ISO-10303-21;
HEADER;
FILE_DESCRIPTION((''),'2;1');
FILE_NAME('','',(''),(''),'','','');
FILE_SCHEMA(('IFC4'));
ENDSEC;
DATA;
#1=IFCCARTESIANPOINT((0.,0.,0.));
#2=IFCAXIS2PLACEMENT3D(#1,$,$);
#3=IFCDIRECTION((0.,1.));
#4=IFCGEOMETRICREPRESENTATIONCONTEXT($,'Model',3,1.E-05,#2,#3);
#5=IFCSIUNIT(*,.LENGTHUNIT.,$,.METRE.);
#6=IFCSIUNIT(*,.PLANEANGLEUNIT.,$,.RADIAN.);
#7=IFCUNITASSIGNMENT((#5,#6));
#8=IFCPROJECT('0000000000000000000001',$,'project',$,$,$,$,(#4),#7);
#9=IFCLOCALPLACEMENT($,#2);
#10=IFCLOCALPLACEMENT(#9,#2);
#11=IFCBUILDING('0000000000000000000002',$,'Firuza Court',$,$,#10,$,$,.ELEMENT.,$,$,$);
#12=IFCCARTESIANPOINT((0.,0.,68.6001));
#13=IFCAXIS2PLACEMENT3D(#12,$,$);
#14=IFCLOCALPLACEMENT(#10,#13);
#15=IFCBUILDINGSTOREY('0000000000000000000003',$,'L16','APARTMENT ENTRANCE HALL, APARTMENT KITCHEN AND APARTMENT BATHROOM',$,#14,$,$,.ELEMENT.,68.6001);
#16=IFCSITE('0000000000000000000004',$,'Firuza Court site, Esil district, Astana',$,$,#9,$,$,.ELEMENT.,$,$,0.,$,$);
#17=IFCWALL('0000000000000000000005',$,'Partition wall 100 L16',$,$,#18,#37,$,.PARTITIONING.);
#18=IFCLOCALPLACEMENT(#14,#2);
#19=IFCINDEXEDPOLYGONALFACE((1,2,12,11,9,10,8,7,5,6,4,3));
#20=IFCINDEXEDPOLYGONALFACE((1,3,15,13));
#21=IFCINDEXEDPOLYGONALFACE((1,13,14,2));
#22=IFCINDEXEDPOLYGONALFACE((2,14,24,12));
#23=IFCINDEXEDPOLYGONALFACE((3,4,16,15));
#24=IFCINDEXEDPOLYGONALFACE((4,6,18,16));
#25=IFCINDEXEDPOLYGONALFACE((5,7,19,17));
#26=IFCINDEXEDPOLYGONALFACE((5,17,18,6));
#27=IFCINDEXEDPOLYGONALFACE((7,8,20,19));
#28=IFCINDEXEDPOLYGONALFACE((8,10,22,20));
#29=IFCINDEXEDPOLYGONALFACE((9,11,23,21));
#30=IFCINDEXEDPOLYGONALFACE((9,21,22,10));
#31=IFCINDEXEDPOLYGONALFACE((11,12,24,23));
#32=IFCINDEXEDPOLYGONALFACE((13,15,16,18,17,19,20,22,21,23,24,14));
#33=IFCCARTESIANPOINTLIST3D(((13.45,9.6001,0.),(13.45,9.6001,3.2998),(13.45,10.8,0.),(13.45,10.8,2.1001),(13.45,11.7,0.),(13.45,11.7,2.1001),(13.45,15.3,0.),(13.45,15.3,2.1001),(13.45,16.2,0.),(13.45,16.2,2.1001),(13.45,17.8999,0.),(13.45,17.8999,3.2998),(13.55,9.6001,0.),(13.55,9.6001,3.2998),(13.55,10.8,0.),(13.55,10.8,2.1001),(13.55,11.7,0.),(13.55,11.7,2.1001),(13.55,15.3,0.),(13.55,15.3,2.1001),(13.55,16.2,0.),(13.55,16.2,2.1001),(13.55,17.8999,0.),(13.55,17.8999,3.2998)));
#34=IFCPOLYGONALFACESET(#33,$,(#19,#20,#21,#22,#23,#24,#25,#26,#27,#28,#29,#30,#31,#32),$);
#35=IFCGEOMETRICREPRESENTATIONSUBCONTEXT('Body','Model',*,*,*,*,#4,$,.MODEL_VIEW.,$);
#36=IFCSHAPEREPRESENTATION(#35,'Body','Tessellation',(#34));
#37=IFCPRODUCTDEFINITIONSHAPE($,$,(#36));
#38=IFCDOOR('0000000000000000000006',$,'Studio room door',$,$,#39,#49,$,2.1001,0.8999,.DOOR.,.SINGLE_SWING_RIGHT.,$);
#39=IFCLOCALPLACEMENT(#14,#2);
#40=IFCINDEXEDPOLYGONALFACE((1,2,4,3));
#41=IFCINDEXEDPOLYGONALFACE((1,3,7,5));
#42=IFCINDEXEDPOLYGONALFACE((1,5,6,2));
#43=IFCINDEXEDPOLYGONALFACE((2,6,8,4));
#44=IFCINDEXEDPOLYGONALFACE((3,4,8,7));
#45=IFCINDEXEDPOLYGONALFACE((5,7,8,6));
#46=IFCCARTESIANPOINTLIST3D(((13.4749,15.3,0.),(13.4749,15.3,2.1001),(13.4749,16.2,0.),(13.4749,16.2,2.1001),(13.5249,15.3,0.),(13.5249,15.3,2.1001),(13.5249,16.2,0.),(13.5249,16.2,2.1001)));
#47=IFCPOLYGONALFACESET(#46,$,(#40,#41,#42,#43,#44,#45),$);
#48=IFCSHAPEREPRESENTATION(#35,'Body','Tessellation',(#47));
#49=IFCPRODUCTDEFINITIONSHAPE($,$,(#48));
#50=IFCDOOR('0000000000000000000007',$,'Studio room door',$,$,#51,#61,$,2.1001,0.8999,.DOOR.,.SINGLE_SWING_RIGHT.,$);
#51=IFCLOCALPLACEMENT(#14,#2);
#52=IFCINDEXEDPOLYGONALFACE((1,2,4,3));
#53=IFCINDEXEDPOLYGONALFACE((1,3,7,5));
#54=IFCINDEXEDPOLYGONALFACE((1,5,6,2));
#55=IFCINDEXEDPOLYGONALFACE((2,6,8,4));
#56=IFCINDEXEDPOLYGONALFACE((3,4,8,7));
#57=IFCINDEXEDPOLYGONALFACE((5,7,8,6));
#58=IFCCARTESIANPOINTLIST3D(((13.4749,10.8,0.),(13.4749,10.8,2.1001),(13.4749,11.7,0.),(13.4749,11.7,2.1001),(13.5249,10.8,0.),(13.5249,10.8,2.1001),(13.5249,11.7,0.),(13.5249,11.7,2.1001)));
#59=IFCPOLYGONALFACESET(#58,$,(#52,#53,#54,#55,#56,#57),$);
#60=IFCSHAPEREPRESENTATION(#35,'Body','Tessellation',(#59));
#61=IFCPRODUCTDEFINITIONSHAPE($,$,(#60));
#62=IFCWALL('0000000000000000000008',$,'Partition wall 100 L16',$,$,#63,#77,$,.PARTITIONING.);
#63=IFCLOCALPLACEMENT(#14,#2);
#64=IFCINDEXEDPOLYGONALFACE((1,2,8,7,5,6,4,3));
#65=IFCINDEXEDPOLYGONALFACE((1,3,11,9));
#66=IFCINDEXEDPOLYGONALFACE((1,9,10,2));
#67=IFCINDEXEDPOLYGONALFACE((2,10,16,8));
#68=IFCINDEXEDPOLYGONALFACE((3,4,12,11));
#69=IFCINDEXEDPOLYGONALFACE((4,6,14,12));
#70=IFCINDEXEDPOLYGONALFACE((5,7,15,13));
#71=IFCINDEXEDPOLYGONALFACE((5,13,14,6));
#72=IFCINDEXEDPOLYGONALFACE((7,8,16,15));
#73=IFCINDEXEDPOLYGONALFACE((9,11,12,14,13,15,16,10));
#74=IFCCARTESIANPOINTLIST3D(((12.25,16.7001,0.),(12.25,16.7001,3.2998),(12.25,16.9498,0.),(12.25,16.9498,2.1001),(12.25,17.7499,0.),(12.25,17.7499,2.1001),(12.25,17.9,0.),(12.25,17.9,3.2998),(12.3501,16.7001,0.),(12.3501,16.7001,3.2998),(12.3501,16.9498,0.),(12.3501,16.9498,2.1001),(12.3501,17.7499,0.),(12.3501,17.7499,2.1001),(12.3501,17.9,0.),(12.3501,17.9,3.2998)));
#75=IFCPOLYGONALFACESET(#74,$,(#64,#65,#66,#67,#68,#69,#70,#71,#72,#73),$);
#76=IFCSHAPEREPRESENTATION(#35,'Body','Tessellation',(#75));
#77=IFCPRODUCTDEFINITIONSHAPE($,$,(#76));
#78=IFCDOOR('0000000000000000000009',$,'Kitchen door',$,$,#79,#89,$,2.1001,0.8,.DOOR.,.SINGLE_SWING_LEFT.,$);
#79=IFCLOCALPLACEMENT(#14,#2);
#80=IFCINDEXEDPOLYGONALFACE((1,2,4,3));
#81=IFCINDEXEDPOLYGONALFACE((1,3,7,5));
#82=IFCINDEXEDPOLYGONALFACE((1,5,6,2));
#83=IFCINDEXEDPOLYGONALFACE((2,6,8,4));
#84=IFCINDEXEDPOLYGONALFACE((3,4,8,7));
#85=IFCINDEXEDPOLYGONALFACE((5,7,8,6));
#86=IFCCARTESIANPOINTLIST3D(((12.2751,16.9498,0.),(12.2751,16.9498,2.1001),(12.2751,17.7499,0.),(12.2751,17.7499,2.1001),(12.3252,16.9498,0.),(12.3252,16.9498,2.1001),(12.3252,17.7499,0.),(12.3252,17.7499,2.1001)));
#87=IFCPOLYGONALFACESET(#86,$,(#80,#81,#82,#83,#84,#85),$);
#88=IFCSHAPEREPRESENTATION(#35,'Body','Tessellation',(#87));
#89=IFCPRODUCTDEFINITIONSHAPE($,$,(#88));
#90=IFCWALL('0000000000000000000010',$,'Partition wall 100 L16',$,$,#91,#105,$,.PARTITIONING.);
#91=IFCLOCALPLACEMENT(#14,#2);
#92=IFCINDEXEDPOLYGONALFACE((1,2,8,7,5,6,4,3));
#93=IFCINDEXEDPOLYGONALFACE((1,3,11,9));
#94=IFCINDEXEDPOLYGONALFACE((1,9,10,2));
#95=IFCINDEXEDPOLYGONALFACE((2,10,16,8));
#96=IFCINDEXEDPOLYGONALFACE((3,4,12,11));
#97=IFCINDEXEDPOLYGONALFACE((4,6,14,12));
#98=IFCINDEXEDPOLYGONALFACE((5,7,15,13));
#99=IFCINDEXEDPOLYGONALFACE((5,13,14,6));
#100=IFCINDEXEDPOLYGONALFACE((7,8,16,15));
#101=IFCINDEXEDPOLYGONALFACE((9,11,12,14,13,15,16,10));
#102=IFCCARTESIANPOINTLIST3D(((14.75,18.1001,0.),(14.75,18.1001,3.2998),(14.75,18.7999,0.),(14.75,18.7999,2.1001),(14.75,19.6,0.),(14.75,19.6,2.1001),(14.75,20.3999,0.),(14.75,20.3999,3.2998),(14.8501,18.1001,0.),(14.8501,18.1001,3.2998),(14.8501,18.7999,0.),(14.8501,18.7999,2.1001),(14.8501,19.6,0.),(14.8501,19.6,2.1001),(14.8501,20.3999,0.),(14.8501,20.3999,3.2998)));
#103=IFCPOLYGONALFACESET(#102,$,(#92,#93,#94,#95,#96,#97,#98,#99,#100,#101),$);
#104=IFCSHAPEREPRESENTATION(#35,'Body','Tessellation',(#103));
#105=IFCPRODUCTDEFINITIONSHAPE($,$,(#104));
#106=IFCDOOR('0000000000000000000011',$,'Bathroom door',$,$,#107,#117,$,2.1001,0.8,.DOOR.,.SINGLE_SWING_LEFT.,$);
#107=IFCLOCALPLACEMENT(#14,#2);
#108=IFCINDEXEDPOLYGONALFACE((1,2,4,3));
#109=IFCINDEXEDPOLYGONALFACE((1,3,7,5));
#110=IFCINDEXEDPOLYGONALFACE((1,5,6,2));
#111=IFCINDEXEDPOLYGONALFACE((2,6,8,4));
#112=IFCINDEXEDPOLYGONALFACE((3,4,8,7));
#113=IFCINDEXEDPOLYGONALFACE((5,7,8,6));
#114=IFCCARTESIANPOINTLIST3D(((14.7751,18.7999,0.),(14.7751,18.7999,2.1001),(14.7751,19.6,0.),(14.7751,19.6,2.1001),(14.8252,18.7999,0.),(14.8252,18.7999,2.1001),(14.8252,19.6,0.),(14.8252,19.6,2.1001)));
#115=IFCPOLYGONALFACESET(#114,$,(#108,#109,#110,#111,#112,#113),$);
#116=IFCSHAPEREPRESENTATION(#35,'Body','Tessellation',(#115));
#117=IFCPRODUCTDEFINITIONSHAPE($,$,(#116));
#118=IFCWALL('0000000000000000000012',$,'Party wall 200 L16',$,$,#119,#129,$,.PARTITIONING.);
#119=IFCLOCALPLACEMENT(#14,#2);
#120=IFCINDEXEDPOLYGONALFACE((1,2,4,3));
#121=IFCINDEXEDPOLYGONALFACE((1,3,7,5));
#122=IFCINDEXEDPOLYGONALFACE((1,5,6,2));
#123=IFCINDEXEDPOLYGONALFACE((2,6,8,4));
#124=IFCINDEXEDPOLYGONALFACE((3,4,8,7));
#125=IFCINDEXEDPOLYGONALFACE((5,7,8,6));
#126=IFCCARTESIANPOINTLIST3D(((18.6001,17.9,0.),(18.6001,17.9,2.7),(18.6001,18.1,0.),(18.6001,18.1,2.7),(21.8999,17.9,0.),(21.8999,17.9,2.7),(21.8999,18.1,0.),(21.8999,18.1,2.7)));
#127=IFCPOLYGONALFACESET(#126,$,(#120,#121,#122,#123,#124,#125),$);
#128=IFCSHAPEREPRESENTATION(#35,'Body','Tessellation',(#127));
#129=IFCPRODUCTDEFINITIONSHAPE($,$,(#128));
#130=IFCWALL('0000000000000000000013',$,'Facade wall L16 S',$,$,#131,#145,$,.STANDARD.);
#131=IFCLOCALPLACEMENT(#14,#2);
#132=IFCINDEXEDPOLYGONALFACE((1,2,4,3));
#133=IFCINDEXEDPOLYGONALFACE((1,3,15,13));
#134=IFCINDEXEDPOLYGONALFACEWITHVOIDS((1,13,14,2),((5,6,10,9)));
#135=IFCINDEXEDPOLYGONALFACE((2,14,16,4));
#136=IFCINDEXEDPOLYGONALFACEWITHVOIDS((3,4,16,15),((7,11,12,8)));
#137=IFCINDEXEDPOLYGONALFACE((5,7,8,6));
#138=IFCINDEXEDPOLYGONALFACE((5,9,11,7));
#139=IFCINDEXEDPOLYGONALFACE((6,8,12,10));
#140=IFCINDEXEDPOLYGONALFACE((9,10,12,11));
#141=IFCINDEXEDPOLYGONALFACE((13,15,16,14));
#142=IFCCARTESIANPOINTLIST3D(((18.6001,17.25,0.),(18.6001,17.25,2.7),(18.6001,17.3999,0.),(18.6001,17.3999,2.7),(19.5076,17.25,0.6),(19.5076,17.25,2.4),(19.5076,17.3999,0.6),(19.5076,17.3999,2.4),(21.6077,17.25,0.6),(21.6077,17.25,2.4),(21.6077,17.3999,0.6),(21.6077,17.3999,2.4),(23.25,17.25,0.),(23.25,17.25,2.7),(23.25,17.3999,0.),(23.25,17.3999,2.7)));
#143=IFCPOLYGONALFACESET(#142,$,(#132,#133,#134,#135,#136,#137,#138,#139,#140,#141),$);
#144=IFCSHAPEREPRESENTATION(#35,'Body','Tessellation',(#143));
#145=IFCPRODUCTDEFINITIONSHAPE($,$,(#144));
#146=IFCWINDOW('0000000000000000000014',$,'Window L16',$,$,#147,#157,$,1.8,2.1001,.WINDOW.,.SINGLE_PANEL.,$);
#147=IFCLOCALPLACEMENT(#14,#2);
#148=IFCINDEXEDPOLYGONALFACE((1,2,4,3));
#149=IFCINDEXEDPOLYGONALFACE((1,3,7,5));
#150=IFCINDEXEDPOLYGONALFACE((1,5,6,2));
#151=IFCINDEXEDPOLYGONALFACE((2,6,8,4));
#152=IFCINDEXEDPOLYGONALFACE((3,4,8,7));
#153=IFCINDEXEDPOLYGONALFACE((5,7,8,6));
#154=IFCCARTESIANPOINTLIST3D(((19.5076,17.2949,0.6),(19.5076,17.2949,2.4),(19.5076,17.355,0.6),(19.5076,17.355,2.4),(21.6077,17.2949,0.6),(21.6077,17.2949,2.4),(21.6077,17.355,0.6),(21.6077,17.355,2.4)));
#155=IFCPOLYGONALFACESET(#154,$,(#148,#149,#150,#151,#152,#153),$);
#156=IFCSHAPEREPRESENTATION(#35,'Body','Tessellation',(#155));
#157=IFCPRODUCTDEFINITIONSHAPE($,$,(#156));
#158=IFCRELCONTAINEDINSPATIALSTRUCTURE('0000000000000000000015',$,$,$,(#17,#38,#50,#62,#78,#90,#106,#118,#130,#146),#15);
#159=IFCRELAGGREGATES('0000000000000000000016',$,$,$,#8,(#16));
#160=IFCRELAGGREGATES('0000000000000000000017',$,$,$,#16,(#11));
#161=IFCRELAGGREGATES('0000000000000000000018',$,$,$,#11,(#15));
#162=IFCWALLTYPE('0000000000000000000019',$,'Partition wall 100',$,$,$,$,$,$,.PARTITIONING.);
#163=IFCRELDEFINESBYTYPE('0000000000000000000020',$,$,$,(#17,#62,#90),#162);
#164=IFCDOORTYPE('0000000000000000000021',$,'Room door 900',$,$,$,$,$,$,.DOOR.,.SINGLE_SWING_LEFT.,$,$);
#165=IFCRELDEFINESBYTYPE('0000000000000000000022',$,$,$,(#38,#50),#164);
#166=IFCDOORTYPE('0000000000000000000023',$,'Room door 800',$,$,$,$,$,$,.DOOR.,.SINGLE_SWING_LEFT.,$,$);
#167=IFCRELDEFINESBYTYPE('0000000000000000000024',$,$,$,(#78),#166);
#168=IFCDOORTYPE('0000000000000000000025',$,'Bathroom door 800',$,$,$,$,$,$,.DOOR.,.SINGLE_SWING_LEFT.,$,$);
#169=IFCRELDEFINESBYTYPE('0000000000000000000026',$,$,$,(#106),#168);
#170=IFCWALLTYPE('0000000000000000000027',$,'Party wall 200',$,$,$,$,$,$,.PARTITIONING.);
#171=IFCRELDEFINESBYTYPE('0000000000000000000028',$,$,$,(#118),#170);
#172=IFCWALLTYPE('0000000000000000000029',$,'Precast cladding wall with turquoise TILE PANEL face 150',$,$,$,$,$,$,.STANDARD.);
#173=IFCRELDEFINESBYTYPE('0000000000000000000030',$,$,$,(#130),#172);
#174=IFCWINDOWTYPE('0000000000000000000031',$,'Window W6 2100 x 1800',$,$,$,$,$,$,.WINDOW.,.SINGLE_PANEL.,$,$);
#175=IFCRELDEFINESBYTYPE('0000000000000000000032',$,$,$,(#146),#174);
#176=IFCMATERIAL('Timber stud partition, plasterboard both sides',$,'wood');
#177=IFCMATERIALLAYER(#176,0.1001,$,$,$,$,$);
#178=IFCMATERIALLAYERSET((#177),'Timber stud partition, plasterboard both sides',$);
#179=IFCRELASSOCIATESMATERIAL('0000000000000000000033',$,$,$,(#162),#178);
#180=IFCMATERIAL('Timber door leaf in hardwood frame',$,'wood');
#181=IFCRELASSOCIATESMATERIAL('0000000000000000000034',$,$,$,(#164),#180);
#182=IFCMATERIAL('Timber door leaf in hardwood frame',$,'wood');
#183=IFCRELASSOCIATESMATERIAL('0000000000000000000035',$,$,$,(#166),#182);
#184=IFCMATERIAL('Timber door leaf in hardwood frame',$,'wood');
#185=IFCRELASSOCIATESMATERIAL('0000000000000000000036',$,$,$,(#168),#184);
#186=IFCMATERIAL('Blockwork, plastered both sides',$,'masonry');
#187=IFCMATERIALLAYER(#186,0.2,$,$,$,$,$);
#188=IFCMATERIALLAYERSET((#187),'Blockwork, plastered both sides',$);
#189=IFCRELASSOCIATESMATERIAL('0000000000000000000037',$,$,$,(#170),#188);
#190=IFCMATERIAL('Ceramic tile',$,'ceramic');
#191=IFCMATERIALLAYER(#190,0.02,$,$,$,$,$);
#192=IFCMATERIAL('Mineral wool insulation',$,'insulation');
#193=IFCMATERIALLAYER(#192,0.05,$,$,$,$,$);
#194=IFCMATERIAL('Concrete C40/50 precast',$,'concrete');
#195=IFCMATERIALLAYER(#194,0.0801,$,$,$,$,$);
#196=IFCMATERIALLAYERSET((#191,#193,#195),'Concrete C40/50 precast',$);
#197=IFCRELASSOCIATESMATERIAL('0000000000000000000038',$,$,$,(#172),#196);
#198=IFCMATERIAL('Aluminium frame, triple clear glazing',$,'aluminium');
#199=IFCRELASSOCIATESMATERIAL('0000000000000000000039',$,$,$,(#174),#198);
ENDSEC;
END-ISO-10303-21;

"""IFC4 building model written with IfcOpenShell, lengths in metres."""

from ifc_helpers import new_model, si_unit, direction, frame, frame_2d, origin, place, context, subcontext, project, spatial, rectangle, extrude, material, layer, layer_set, type_object, element, fill, save


model = new_model("IFC4")

# Units and contexts
model_context = context("Model", 3, precision=1e-05, world=origin(), true_north=direction((0.0, 1.0)))
body_context = subcontext(model_context, "Body", "Model", "MODEL_VIEW")
ifc_project = project(units=[si_unit("LENGTHUNIT", "METRE"), si_unit("PLANEANGLEUNIT", "RADIAN")], contexts=[model_context])

# Site, building, storey
site_placement = place(None, origin())
site = spatial("IfcSite", under=ifc_project, at=site_placement, Name="Firuza Court site, Esil district, Astana", CompositionType="ELEMENT", RefElevation=0.0)
building_placement = place(site_placement, origin())
building = spatial("IfcBuilding", under=site, at=building_placement, Name="Firuza Court", CompositionType="ELEMENT")
storey_placement = place(building_placement, frame((0.0, 0.0, 68.6001)))
storey = spatial("IfcBuildingStorey", under=building, at=storey_placement, Name="L16", Description="APARTMENT ENTRANCE HALL, APARTMENT KITCHEN AND APARTMENT BATHROOM", CompositionType="ELEMENT", Elevation=68.6001)

# Wall, openings, doors
ifc_material_1 = material(Name="Timber stud partition, plasterboard both sides", Category="wood")
ifc_layer_1 = layer(ifc_material_1, 0.1001)
ifc_layer_set_1 = layer_set([ifc_layer_1], Name="Timber stud partition, plasterboard both sides")
wall_type_1 = type_object("IfcWallType", Name="Partition wall 100", PredefinedType="PARTITIONING", material=ifc_layer_set_1)
wall_1_placement = place(storey_placement, frame((13.5, 9.6001, 0.0), z_axis=(0.0, 0.0, 1.0), x_axis=(0.0, 1.0, 0.0)))
wall_1 = element("IfcWall", 1, at=wall_1_placement, inside=storey, type_object=wall_type_1, Name="Partition wall 100 L16", PredefinedType="PARTITIONING", context=body_context, shape_type="SweptSolid", body=[
    extrude(rectangle(XDim=8.2998, YDim=0.1001, at=frame_2d((4.1499, 0.0))), origin(), (0.0, 0.0, 1.0), 3.2998),
])
opening_1_placement = place(wall_1_placement, frame((5.7, 0.0, 0.0)))
opening_1 = element("IfcOpeningElement", 2, at=opening_1_placement, cuts=wall_1, PredefinedType="OPENING", context=body_context, shape_type="SweptSolid", body=[
    extrude(rectangle(XDim=0.8999, YDim=2.1001, at=frame_2d((0.45, 1.05))), frame((0.0, 0.062, 0.0), z_axis=(0.0, -1.0, 0.0), x_axis=(1.0, 0.0, 0.0)), (0.0, 0.0, 1.0), 0.124),
])
opening_2_placement = place(wall_1_placement, frame((1.2, 0.0, 0.0)))
opening_2 = element("IfcOpeningElement", 3, at=opening_2_placement, cuts=wall_1, PredefinedType="OPENING", context=body_context, shape_type="SweptSolid", body=[
    extrude(rectangle(XDim=0.8999, YDim=2.1001, at=frame_2d((0.45, 1.05))), frame((0.0, 0.062, 0.0), z_axis=(0.0, -1.0, 0.0), x_axis=(1.0, 0.0, 0.0)), (0.0, 0.0, 1.0), 0.124),
])
ifc_material_2 = material(Name="Timber door leaf in hardwood frame", Category="wood")
door_type_1 = type_object("IfcDoorType", Name="Room door 900", OperationType="SINGLE_SWING_LEFT", PredefinedType="DOOR", material=ifc_material_2)
door_1_placement = place(opening_1_placement, frame((0.8999, 0.0, 0.0), z_axis=(0.0, 0.0, 1.0), x_axis=(-1.0, 0.0, 0.0)))
door_1 = element("IfcDoor", 4, at=door_1_placement, inside=storey, type_object=door_type_1, Name="Studio room door", OperationType="SINGLE_SWING_RIGHT", OverallHeight=2.1001, OverallWidth=0.8999, PredefinedType="DOOR", context=body_context, shape_type="SweptSolid", body=[
    extrude(rectangle(XDim=0.8999, YDim=2.1001, at=frame_2d((0.45, 1.05))), frame((0.0, 0.0249, 0.0), z_axis=(0.0, -1.0, 0.0), x_axis=(1.0, 0.0, 0.0)), (0.0, 0.0, 1.0), 0.05),
])
fill(opening_1, door_1)
door_2_placement = place(opening_2_placement, frame((0.8999, 0.0, 0.0), z_axis=(0.0, 0.0, 1.0), x_axis=(-1.0, 0.0, 0.0)))
door_2 = element("IfcDoor", 5, at=door_2_placement, inside=storey, type_object=door_type_1, Name="Studio room door", OperationType="SINGLE_SWING_RIGHT", OverallHeight=2.1001, OverallWidth=0.8999, PredefinedType="DOOR", context=body_context, shape_type="SweptSolid", body=[
    extrude(rectangle(XDim=0.8999, YDim=2.1001, at=frame_2d((0.45, 1.05))), frame((0.0, 0.0249, 0.0), z_axis=(0.0, -1.0, 0.0), x_axis=(1.0, 0.0, 0.0)), (0.0, 0.0, 1.0), 0.05),
])
fill(opening_2, door_2)

# Walls, openings, doors
wall_2_placement = place(storey_placement, frame((12.3, 16.7, 0.0), z_axis=(0.0, 0.0, 1.0), x_axis=(0.0, 1.0, 0.0)))
wall_2 = element("IfcWall", 6, at=wall_2_placement, inside=storey, type_object=wall_type_1, Name="Partition wall 100 L16", PredefinedType="PARTITIONING", context=body_context, shape_type="SweptSolid", body=[
    extrude(rectangle(XDim=1.2, YDim=0.1001, at=frame_2d((0.6001, 0.0))), origin(), (0.0, 0.0, 1.0), 3.2998),
])
opening_3_placement = place(wall_2_placement, frame((0.25, 0.0, 0.0)))
opening_3 = element("IfcOpeningElement", 7, at=opening_3_placement, cuts=wall_2, PredefinedType="OPENING", context=body_context, shape_type="SweptSolid", body=[
    extrude(rectangle(XDim=0.8, YDim=2.1001, at=frame_2d((0.3999, 1.05))), frame((0.0, 0.062, 0.0), z_axis=(0.0, -1.0, 0.0), x_axis=(1.0, 0.0, 0.0)), (0.0, 0.0, 1.0), 0.124),
])
ifc_material_3 = material(Name="Timber door leaf in hardwood frame", Category="wood")
door_type_2 = type_object("IfcDoorType", Name="Room door 800", OperationType="SINGLE_SWING_LEFT", PredefinedType="DOOR", material=ifc_material_3)
door_3_placement = place(opening_3_placement, origin())
door_3 = element("IfcDoor", 8, at=door_3_placement, inside=storey, type_object=door_type_2, Name="Kitchen door", OperationType="SINGLE_SWING_LEFT", OverallHeight=2.1001, OverallWidth=0.8, PredefinedType="DOOR", context=body_context, shape_type="SweptSolid", body=[
    extrude(rectangle(XDim=0.8, YDim=2.1001, at=frame_2d((0.3999, 1.05))), frame((0.0, 0.0249, 0.0), z_axis=(0.0, -1.0, 0.0), x_axis=(1.0, 0.0, 0.0)), (0.0, 0.0, 1.0), 0.05),
])
fill(opening_3, door_3)
wall_3_placement = place(storey_placement, frame((14.8, 18.1001, 0.0), z_axis=(0.0, 0.0, 1.0), x_axis=(0.0, 1.0, 0.0)))
wall_3 = element("IfcWall", 9, at=wall_3_placement, inside=storey, type_object=wall_type_1, Name="Partition wall 100 L16", PredefinedType="PARTITIONING", context=body_context, shape_type="SweptSolid", body=[
    extrude(rectangle(XDim=2.2998, YDim=0.1001, at=frame_2d((1.1499, 0.0))), origin(), (0.0, 0.0, 1.0), 3.2998),
])
opening_4_placement = place(wall_3_placement, frame((0.7, 0.0, 0.0)))
opening_4 = element("IfcOpeningElement", 10, at=opening_4_placement, cuts=wall_3, PredefinedType="OPENING", context=body_context, shape_type="SweptSolid", body=[
    extrude(rectangle(XDim=0.8, YDim=2.1001, at=frame_2d((0.3999, 1.05))), frame((0.0, 0.062, 0.0), z_axis=(0.0, -1.0, 0.0), x_axis=(1.0, 0.0, 0.0)), (0.0, 0.0, 1.0), 0.124),
])
ifc_material_4 = material(Name="Timber door leaf in hardwood frame", Category="wood")
door_type_3 = type_object("IfcDoorType", Name="Bathroom door 800", OperationType="SINGLE_SWING_LEFT", PredefinedType="DOOR", material=ifc_material_4)
door_4_placement = place(opening_4_placement, origin())
door_4 = element("IfcDoor", 11, at=door_4_placement, inside=storey, type_object=door_type_3, Name="Bathroom door", OperationType="SINGLE_SWING_LEFT", OverallHeight=2.1001, OverallWidth=0.8, PredefinedType="DOOR", context=body_context, shape_type="SweptSolid", body=[
    extrude(rectangle(XDim=0.8, YDim=2.1001, at=frame_2d((0.3999, 1.05))), frame((0.0, 0.0249, 0.0), z_axis=(0.0, -1.0, 0.0), x_axis=(1.0, 0.0, 0.0)), (0.0, 0.0, 1.0), 0.05),
])
fill(opening_4, door_4)

# Wall
ifc_material_5 = material(Name="Blockwork, plastered both sides", Category="masonry")
ifc_layer_2 = layer(ifc_material_5, 0.2)
ifc_layer_set_2 = layer_set([ifc_layer_2], Name="Blockwork, plastered both sides")
wall_type_2 = type_object("IfcWallType", Name="Party wall 200", PredefinedType="PARTITIONING", material=ifc_layer_set_2)
wall_4_placement = place(storey_placement, frame((18.6001, 18.0, 0.0), z_axis=(0.0, 0.0, 1.0), x_axis=(1.0, 0.0, 0.0)))
element("IfcWall", 12, at=wall_4_placement, inside=storey, type_object=wall_type_2, Name="Party wall 200 L16", PredefinedType="PARTITIONING", context=body_context, shape_type="SweptSolid", body=[
    extrude(rectangle(XDim=3.2998, YDim=0.2, at=frame_2d((1.6499, 0.0))), origin(), (0.0, 0.0, 1.0), 2.7),
])

# Wall, opening, window
ifc_material_6 = material(Name="Ceramic tile", Category="ceramic")
ifc_layer_3 = layer(ifc_material_6, 0.02)
ifc_material_7 = material(Name="Mineral wool insulation", Category="insulation")
ifc_layer_4 = layer(ifc_material_7, 0.05)
ifc_material_8 = material(Name="Concrete C40/50 precast", Category="concrete")
ifc_layer_5 = layer(ifc_material_8, 0.0801)
ifc_layer_set_3 = layer_set([ifc_layer_3, ifc_layer_4, ifc_layer_5], Name="Concrete C40/50 precast")
wall_type_3 = type_object("IfcWallType", Name="Precast cladding wall with turquoise TILE PANEL face 150", PredefinedType="STANDARD", material=ifc_layer_set_3)
wall_5_placement = place(storey_placement, frame((18.6001, 17.325, 0.0), z_axis=(0.0, 0.0, 1.0), x_axis=(1.0, 0.0, 0.0)))
wall_5 = element("IfcWall", 13, at=wall_5_placement, inside=storey, type_object=wall_type_3, Name="Facade wall L16 S", PredefinedType="STANDARD", context=body_context, shape_type="SweptSolid", body=[
    extrude(rectangle(XDim=4.6499, YDim=0.1499, at=frame_2d((2.325, 0.0))), origin(), (0.0, 0.0, 1.0), 2.7),
])
opening_5_placement = place(wall_5_placement, frame((0.9075, 0.0, 0.6001)))
opening_5 = element("IfcOpeningElement", 14, at=opening_5_placement, cuts=wall_5, PredefinedType="OPENING", context=body_context, shape_type="SweptSolid", body=[
    extrude(rectangle(XDim=2.1001, YDim=1.8, at=frame_2d((1.05, 0.8999))), frame((0.0, 0.0869, 0.0), z_axis=(0.0, -1.0, 0.0), x_axis=(1.0, 0.0, 0.0)), (0.0, 0.0, 1.0), 0.1738),
])
ifc_material_9 = material(Name="Aluminium frame, triple clear glazing", Category="aluminium")
window_type = type_object("IfcWindowType", Name="Window W6 2100 x 1800", PartitioningType="SINGLE_PANEL", PredefinedType="WINDOW", material=ifc_material_9)
window_placement = place(opening_5_placement, origin())
window = element("IfcWindow", 15, at=window_placement, inside=storey, type_object=window_type, Name="Window L16", OverallHeight=1.8, OverallWidth=2.1001, PartitioningType="SINGLE_PANEL", PredefinedType="WINDOW", context=body_context, shape_type="SweptSolid", body=[
    extrude(rectangle(XDim=2.1001, YDim=1.8, at=frame_2d((1.05, 0.8999))), frame((0.0, 0.03, 0.0), z_axis=(0.0, -1.0, 0.0), x_axis=(1.0, 0.0, 0.0)), (0.0, 0.0, 1.0), 0.0601),
])
fill(opening_5, window)

save(model, "model.ifc")
